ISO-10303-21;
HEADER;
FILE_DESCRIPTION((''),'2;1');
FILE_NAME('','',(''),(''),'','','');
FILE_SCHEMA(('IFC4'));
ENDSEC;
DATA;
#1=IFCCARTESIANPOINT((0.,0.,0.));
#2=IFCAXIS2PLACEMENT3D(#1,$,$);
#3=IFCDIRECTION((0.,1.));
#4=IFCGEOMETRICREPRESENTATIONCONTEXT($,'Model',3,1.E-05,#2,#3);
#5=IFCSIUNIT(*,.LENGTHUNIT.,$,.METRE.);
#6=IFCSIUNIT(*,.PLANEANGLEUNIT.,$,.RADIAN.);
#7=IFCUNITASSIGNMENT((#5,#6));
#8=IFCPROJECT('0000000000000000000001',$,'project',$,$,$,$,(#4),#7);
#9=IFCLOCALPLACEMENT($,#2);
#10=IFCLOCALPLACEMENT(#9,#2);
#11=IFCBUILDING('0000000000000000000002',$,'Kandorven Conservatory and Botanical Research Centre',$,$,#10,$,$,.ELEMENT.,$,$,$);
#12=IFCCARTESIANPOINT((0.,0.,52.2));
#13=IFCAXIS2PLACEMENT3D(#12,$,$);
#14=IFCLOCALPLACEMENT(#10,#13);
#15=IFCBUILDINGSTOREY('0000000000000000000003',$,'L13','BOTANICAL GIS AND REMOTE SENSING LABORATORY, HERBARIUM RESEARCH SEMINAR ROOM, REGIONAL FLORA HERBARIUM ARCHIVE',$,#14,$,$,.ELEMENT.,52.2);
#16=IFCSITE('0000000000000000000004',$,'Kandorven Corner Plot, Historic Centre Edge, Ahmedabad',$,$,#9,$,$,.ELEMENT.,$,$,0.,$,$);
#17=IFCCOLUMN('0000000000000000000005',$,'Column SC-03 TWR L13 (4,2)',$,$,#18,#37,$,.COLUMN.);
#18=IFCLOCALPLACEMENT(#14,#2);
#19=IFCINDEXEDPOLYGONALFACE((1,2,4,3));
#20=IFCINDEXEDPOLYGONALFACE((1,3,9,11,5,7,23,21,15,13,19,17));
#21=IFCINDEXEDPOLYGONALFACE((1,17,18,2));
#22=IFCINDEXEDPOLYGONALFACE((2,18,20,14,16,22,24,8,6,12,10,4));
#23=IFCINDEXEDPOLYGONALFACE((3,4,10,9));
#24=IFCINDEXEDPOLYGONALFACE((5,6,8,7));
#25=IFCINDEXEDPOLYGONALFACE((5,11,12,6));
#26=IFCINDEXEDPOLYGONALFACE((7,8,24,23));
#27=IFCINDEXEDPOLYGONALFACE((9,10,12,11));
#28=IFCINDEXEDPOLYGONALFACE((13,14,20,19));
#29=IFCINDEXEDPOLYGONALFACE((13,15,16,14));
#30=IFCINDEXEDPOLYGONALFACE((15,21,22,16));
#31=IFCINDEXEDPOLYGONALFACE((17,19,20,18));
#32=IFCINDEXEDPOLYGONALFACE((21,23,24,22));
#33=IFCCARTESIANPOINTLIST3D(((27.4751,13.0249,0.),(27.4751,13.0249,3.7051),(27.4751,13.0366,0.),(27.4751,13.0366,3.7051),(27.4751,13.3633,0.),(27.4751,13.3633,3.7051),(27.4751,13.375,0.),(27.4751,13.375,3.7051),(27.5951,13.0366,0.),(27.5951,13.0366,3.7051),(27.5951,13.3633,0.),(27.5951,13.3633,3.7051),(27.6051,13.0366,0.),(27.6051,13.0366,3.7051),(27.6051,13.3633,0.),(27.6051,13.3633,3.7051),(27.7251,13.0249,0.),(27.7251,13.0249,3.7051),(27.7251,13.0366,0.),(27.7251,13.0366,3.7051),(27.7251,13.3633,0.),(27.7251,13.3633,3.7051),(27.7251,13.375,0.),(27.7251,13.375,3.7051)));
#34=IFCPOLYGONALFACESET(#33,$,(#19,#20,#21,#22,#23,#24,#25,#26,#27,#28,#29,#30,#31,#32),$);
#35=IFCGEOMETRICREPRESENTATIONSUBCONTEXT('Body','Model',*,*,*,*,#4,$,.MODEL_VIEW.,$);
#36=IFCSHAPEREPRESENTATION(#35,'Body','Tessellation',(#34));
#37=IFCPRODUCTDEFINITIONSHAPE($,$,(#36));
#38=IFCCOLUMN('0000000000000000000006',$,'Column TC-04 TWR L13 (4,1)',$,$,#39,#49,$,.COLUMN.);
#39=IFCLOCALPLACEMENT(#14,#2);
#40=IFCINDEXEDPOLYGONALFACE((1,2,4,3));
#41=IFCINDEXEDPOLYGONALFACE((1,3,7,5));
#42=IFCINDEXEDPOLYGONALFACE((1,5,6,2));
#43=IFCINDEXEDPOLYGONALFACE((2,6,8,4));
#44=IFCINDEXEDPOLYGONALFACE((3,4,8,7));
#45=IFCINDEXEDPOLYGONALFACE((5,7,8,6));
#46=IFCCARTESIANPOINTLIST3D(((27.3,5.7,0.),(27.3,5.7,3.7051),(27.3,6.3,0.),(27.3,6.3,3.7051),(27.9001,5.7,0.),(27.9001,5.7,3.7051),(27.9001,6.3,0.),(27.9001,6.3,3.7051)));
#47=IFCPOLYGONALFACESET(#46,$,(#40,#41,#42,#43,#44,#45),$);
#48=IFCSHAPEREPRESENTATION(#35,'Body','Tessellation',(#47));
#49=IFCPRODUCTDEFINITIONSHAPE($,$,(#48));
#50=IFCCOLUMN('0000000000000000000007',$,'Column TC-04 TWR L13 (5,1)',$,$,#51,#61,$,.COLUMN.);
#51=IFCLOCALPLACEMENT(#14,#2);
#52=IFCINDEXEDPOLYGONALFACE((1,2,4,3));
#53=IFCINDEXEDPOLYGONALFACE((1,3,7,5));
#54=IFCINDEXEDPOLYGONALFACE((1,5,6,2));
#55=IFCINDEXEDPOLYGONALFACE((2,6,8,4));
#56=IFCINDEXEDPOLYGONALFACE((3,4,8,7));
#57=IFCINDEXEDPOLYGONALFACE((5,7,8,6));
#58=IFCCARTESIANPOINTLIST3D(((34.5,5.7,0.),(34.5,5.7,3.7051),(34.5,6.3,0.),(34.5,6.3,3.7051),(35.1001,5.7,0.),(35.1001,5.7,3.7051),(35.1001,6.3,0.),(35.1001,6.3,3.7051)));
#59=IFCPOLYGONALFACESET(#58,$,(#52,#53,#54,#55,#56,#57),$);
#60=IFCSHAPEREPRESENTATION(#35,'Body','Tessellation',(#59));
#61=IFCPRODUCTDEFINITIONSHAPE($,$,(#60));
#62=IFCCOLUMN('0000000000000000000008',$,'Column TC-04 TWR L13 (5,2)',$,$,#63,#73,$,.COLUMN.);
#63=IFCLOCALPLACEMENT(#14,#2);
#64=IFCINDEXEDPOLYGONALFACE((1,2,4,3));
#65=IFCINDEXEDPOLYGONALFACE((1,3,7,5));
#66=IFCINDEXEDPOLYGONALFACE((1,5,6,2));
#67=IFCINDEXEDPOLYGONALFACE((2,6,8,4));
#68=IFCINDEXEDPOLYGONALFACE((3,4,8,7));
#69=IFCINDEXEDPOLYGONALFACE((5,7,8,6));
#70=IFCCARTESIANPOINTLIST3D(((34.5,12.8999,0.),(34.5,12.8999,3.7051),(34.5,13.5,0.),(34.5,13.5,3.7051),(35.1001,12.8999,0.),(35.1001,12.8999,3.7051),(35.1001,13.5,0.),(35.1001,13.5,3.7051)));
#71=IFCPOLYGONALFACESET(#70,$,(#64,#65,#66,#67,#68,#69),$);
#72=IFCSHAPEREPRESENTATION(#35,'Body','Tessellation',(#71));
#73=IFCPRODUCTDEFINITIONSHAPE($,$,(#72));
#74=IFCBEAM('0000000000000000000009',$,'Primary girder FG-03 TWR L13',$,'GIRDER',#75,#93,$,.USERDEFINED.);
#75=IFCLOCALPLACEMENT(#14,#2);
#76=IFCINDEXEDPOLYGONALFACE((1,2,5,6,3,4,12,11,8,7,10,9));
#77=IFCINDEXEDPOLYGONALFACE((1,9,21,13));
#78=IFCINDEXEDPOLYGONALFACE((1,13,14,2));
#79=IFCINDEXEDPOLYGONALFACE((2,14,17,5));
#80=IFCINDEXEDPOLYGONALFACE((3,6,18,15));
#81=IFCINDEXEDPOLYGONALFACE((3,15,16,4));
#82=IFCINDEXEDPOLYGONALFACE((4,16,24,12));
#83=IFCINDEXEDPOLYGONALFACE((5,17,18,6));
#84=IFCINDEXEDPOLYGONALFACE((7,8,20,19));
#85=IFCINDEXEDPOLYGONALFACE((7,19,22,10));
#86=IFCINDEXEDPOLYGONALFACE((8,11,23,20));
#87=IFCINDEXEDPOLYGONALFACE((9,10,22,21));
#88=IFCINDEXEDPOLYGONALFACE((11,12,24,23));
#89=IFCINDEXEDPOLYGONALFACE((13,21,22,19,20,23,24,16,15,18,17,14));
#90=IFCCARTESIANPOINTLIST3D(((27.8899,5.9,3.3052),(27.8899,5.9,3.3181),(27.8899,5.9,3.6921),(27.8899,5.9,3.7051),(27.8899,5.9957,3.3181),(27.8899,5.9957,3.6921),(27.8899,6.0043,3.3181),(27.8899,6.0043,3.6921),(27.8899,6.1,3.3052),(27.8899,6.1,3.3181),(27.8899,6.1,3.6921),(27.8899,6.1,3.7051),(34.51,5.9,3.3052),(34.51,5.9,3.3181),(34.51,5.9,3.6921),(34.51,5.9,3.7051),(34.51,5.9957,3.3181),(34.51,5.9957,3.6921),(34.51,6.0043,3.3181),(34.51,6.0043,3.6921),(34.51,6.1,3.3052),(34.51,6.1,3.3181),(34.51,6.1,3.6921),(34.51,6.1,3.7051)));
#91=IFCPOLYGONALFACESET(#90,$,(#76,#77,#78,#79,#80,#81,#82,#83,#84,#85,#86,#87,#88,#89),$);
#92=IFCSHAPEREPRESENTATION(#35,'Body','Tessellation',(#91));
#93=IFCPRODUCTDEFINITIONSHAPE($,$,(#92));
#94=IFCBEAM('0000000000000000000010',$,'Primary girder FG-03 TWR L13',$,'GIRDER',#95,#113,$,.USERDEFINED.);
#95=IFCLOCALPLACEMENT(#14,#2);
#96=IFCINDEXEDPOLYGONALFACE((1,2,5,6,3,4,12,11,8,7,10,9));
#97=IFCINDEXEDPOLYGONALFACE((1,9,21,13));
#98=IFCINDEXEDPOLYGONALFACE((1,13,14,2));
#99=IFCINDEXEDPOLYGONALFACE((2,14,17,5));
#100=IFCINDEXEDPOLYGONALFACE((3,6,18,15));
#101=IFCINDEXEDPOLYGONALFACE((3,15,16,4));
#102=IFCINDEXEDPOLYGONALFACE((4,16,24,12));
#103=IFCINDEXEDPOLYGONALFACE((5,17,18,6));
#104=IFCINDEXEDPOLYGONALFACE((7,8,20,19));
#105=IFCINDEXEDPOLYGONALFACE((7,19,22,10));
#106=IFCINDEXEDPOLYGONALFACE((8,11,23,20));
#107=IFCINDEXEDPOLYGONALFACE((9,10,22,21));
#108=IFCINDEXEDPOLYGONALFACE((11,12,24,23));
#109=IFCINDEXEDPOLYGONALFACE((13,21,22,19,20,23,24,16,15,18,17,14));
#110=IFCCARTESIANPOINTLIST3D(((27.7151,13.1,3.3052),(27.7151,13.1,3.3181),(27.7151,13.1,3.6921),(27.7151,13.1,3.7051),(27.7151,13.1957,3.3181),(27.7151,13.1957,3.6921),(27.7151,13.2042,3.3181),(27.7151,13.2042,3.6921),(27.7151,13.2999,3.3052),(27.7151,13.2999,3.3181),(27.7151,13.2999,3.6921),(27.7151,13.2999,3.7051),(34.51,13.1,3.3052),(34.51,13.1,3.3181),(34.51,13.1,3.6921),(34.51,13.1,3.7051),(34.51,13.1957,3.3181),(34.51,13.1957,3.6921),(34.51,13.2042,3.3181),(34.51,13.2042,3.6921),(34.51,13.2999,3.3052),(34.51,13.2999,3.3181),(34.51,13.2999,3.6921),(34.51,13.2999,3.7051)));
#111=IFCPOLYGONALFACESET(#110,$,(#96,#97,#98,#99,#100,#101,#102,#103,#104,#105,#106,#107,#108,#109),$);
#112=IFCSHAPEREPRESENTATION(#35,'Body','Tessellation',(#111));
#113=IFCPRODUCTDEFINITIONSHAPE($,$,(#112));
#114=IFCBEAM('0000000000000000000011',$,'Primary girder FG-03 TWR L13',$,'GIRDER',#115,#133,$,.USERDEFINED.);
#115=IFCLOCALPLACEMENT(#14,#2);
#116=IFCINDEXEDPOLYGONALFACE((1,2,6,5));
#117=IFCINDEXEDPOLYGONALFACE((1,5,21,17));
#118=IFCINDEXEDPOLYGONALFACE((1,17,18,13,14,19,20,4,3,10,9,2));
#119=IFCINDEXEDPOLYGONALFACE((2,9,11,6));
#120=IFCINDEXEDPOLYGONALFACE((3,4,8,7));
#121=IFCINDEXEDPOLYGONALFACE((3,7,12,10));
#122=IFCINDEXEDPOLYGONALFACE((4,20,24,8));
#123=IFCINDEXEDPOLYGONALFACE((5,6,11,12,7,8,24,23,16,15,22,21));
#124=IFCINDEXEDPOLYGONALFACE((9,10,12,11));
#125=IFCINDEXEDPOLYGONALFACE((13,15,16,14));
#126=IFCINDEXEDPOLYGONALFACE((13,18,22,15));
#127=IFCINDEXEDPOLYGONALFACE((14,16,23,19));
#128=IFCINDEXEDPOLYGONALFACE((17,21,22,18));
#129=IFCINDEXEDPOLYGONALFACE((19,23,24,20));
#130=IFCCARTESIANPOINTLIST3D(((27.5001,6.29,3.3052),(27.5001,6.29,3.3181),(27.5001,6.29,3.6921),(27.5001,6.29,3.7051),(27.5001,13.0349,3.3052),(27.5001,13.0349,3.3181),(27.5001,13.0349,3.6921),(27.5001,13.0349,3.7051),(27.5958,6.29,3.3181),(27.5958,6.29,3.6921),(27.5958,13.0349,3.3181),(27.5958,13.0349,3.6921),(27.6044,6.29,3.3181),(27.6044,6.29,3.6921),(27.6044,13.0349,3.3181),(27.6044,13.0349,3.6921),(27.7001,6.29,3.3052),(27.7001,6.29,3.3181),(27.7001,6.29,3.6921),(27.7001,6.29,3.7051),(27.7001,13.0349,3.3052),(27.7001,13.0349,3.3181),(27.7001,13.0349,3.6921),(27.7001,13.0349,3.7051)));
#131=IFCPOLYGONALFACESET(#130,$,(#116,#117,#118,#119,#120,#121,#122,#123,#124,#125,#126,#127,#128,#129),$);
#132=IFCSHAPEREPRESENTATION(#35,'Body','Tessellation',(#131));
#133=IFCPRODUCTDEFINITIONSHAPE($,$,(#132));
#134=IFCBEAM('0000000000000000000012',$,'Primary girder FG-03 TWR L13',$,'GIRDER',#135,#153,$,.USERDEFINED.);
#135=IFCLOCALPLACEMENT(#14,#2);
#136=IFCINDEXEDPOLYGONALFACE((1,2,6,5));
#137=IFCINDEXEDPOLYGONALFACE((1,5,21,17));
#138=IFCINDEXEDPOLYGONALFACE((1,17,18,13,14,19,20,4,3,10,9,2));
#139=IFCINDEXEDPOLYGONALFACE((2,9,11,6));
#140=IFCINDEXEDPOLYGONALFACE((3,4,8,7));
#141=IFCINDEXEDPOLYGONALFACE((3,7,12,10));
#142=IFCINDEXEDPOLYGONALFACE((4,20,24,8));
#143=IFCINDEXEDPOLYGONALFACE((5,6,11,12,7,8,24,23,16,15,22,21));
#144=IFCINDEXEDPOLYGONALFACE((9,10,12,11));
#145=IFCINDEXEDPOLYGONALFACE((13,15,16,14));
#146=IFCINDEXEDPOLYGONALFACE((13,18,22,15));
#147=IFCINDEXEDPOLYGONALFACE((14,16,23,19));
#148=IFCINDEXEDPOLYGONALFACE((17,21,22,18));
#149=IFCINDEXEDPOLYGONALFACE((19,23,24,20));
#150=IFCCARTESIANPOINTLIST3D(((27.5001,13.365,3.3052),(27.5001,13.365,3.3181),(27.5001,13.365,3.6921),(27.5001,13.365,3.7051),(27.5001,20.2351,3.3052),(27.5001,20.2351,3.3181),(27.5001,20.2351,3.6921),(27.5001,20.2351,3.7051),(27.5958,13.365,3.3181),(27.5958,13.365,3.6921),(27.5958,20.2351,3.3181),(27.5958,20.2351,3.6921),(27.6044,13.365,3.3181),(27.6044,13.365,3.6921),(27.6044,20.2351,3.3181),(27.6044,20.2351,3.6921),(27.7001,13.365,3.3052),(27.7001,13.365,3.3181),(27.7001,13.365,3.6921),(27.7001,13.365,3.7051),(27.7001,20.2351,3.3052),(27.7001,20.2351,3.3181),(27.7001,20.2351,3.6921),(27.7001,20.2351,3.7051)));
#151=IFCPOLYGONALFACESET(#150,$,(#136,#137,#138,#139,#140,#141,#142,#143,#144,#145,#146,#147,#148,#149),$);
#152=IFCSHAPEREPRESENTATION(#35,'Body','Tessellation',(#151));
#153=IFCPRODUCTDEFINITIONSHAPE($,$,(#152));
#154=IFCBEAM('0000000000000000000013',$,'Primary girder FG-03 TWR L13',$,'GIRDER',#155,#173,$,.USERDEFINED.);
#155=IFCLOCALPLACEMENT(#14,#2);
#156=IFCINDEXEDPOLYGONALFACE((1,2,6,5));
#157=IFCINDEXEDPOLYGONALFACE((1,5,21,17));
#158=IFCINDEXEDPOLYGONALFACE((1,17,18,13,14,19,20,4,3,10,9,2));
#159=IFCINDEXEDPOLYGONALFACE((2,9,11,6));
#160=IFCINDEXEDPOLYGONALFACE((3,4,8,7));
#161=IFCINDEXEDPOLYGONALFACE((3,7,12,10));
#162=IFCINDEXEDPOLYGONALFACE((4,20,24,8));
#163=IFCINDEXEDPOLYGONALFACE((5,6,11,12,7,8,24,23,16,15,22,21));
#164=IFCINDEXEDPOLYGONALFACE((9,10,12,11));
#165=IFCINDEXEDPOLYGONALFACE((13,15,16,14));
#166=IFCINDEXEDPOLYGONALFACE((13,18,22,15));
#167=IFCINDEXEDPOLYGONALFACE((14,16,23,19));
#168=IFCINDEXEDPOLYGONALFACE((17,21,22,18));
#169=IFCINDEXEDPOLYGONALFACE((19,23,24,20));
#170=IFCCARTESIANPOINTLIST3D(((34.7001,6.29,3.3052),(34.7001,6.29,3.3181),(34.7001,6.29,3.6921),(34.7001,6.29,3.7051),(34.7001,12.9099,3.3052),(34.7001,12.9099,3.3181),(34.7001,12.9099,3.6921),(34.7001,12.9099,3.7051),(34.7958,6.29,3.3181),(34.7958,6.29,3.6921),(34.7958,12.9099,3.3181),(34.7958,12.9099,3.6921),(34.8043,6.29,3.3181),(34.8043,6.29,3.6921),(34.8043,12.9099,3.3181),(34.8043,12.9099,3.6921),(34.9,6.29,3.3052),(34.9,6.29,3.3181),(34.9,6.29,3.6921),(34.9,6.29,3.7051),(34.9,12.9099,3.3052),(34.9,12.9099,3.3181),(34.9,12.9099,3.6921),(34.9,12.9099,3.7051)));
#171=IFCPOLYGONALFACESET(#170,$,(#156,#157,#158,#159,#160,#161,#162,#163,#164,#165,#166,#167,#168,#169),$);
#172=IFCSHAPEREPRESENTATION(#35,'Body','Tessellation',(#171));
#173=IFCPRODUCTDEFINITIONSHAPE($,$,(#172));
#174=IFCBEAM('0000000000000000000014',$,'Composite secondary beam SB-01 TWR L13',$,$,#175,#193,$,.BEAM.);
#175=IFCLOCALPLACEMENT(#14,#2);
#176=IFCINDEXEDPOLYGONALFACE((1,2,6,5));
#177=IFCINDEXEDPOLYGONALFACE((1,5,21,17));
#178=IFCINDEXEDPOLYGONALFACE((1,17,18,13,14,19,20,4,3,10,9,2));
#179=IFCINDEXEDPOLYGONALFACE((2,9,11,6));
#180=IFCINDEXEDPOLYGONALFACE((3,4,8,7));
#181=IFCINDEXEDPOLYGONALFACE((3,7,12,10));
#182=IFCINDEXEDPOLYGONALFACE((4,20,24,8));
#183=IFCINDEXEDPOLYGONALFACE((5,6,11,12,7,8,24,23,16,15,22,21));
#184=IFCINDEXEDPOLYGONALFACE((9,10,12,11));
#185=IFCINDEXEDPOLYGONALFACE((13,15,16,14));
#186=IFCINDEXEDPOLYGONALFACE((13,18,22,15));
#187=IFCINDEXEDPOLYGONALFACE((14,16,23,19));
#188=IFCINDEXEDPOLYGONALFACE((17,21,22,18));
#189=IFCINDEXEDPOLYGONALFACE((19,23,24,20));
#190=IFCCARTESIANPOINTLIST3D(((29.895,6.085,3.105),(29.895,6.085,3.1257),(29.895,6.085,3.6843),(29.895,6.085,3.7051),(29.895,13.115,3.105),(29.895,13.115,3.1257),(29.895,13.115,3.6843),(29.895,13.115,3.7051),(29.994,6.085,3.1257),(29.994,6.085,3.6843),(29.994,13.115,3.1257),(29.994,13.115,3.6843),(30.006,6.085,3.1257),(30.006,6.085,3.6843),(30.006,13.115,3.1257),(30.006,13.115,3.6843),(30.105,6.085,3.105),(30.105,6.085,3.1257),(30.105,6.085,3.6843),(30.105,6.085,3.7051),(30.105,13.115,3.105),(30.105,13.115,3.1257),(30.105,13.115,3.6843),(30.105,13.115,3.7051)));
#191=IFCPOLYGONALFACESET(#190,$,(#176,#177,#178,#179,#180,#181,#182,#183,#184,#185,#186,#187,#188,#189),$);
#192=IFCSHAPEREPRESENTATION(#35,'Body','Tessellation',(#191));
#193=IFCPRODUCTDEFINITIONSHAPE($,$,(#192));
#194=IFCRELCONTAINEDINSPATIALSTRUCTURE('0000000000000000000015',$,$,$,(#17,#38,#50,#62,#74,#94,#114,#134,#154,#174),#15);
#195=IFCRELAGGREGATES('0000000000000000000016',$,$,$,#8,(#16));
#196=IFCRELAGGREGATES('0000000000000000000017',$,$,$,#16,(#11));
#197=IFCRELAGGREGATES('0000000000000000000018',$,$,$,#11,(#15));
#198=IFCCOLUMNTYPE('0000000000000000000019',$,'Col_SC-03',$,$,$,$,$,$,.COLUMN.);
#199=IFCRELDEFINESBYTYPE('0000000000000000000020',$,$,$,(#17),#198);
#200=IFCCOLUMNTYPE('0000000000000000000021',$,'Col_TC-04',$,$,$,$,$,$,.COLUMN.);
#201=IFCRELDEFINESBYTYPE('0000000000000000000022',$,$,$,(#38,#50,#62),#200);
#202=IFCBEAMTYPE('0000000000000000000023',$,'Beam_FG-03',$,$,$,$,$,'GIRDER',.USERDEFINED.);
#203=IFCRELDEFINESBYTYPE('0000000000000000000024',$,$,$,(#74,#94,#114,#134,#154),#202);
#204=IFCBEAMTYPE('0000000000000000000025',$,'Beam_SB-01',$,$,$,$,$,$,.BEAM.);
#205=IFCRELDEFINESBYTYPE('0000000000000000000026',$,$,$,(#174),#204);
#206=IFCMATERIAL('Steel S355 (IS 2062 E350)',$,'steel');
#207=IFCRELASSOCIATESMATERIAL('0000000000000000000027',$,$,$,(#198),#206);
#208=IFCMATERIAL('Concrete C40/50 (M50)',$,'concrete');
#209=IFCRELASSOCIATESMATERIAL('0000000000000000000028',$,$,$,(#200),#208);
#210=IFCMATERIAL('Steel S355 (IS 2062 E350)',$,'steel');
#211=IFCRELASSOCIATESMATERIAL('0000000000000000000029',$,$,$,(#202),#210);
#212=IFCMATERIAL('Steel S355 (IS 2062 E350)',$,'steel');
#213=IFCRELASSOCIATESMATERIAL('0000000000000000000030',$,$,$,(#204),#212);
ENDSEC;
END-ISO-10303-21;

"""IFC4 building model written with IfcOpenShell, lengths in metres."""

from ifc_helpers import new_model, si_unit, direction, frame, origin, origin_2d, place, context, subcontext, project, spatial, rectangle, i_section, extrude, material, material_profile, profile_set, type_object, element, save


model = new_model("IFC4")

# Units and contexts
model_context = context("Model", 3, precision=1e-05, world=origin(), true_north=direction((0.0, 1.0)))
body_context = subcontext(model_context, "Body", "Model", "MODEL_VIEW")
ifc_project = project(units=[si_unit("LENGTHUNIT", "METRE"), si_unit("PLANEANGLEUNIT", "RADIAN")], contexts=[model_context])

# Site, building, storey
site_placement = place(None, origin())
site = spatial("IfcSite", under=ifc_project, at=site_placement, Name="Kandorven Corner Plot, Historic Centre Edge, Ahmedabad", CompositionType="ELEMENT", RefElevation=0.0)
building_placement = place(site_placement, origin())
building = spatial("IfcBuilding", under=site, at=building_placement, Name="Kandorven Conservatory and Botanical Research Centre", CompositionType="ELEMENT")
storey_placement = place(building_placement, frame((0.0, 0.0, 52.2)))
storey = spatial("IfcBuildingStorey", under=building, at=storey_placement, Name="L13", Description="BOTANICAL GIS AND REMOTE SENSING LABORATORY, HERBARIUM RESEARCH SEMINAR ROOM, REGIONAL FLORA HERBARIUM ARCHIVE", CompositionType="ELEMENT", Elevation=52.2)

# Columns
ifc_material_1 = material(Name="Steel S355 (IS 2062 E350)", Category="steel")
ifc_material_profile_1 = material_profile(ifc_material_1, i_section(OverallWidth=0.25, OverallDepth=0.3501, WebThickness=0.01, FlangeThickness=0.0117, at=origin_2d()))
ifc_profile_set_1 = profile_set([ifc_material_profile_1], Name="Steel S355 (IS 2062 E350)")
column_type_1 = type_object("IfcColumnType", Name="Col_SC-03", PredefinedType="COLUMN", material=ifc_profile_set_1)
column_placement = place(storey_placement, frame((27.6001, 13.2, 0.0), z_axis=(0.0, 0.0, 1.0), x_axis=(1.0, 0.0, 0.0)))
element("IfcColumn", 1, at=column_placement, inside=storey, type_object=column_type_1, Name="Column SC-03 TWR L13 (4,2)", PredefinedType="COLUMN", context=body_context, shape_type="SweptSolid", body=[
    extrude(i_section(OverallWidth=0.25, OverallDepth=0.3501, WebThickness=0.01, FlangeThickness=0.0117, at=origin_2d()), origin(), (0.0, 0.0, 1.0), 3.7051),
])
ifc_material_2 = material(Name="Concrete C40/50 (M50)", Category="concrete")
ifc_material_profile_2 = material_profile(ifc_material_2, rectangle(XDim=0.6001, YDim=0.6001, at=origin_2d()))
ifc_profile_set_2 = profile_set([ifc_material_profile_2], Name="Concrete C40/50 (M50)")
column_type_2 = type_object("IfcColumnType", Name="Col_TC-04", PredefinedType="COLUMN", material=ifc_profile_set_2)
for number, where, z_axis, x_axis, name in (
    (2, (27.6001, 6.0, 0.0), (0.0, 0.0, 1.0), (1.0, 0.0, 0.0), "Column TC-04 TWR L13 (4,1)"),
    (3, (34.8, 6.0, 0.0), (0.0, 0.0, 1.0), (1.0, 0.0, 0.0), "Column TC-04 TWR L13 (5,1)"),
    (4, (34.8, 13.2, 0.0), (0.0, 0.0, 1.0), (1.0, 0.0, 0.0), "Column TC-04 TWR L13 (5,2)"),
):
    element("IfcColumn", number, at=place(storey_placement, frame(where, z_axis=z_axis, x_axis=x_axis)), inside=storey, type_object=column_type_2, Name=name, PredefinedType="COLUMN", context=body_context, shape_type="SweptSolid", body=[
        extrude(rectangle(XDim=0.6001, YDim=0.6001, at=origin_2d()), origin(), (0.0, 0.0, 1.0), 3.7051),
    ])

# Beams
ifc_material_3 = material(Name="Steel S355 (IS 2062 E350)", Category="steel")
ifc_material_profile_3 = material_profile(ifc_material_3, i_section(OverallWidth=0.2, OverallDepth=0.3999, WebThickness=0.0085, FlangeThickness=0.0129, at=origin_2d()))
ifc_profile_set_3 = profile_set([ifc_material_profile_3], Name="Steel S355 (IS 2062 E350)")
beam_type_1 = type_object("IfcBeamType", Name="Beam_FG-03", ElementType="GIRDER", PredefinedType="USERDEFINED", material=ifc_profile_set_3)
beam_1_placement = place(storey_placement, frame((27.8899, 6.0, 3.5051), z_axis=(1.0, 0.0, 0.0), x_axis=(0.0, 1.0, 0.0)))
element("IfcBeam", 5, at=beam_1_placement, inside=storey, type_object=beam_type_1, Name="Primary girder FG-03 TWR L13", ObjectType="GIRDER", PredefinedType="USERDEFINED", context=body_context, shape_type="SweptSolid", body=[
    extrude(i_section(OverallWidth=0.2, OverallDepth=0.3999, WebThickness=0.0085, FlangeThickness=0.0129, at=origin_2d()), origin(), (0.0, 0.0, 1.0), 6.6201),
])
beam_2_placement = place(storey_placement, frame((27.7151, 13.2, 3.5051), z_axis=(1.0, 0.0, 0.0), x_axis=(0.0, 1.0, 0.0)))
element("IfcBeam", 6, at=beam_2_placement, inside=storey, type_object=beam_type_1, Name="Primary girder FG-03 TWR L13", ObjectType="GIRDER", PredefinedType="USERDEFINED", context=body_context, shape_type="SweptSolid", body=[
    extrude(i_section(OverallWidth=0.2, OverallDepth=0.3999, WebThickness=0.0085, FlangeThickness=0.0129, at=origin_2d()), origin(), (0.0, 0.0, 1.0), 6.7949),
])
beam_3_placement = place(storey_placement, frame((27.6001, 6.29, 3.5051), z_axis=(0.0, 1.0, 0.0), x_axis=(-1.0, 0.0, 0.0)))
element("IfcBeam", 7, at=beam_3_placement, inside=storey, type_object=beam_type_1, Name="Primary girder FG-03 TWR L13", ObjectType="GIRDER", PredefinedType="USERDEFINED", context=body_context, shape_type="SweptSolid", body=[
    extrude(i_section(OverallWidth=0.2, OverallDepth=0.3999, WebThickness=0.0085, FlangeThickness=0.0129, at=origin_2d()), origin(), (0.0, 0.0, 1.0), 6.7449),
])
beam_4_placement = place(storey_placement, frame((27.6001, 13.365, 3.5051), z_axis=(0.0, 1.0, 0.0), x_axis=(-1.0, 0.0, 0.0)))
element("IfcBeam", 8, at=beam_4_placement, inside=storey, type_object=beam_type_1, Name="Primary girder FG-03 TWR L13", ObjectType="GIRDER", PredefinedType="USERDEFINED", context=body_context, shape_type="SweptSolid", body=[
    extrude(i_section(OverallWidth=0.2, OverallDepth=0.3999, WebThickness=0.0085, FlangeThickness=0.0129, at=origin_2d()), origin(), (0.0, 0.0, 1.0), 6.8701),
])
beam_5_placement = place(storey_placement, frame((34.8, 6.29, 3.5051), z_axis=(0.0, 1.0, 0.0), x_axis=(-1.0, 0.0, 0.0)))
element("IfcBeam", 9, at=beam_5_placement, inside=storey, type_object=beam_type_1, Name="Primary girder FG-03 TWR L13", ObjectType="GIRDER", PredefinedType="USERDEFINED", context=body_context, shape_type="SweptSolid", body=[
    extrude(i_section(OverallWidth=0.2, OverallDepth=0.3999, WebThickness=0.0085, FlangeThickness=0.0129, at=origin_2d()), origin(), (0.0, 0.0, 1.0), 6.6199),
])
ifc_material_4 = material(Name="Steel S355 (IS 2062 E350)", Category="steel")
ifc_material_profile_4 = material_profile(ifc_material_4, i_section(OverallWidth=0.21, OverallDepth=0.6001, WebThickness=0.012, FlangeThickness=0.0208, at=origin_2d()))
ifc_profile_set_4 = profile_set([ifc_material_profile_4], Name="Steel S355 (IS 2062 E350)")
beam_type_2 = type_object("IfcBeamType", Name="Beam_SB-01", PredefinedType="BEAM", material=ifc_profile_set_4)
for number, where, z_axis, x_axis, name in (
    (10, (30.0, 6.085, 3.405), (0.0, 1.0, 0.0), (-1.0, 0.0, 0.0), "Composite secondary beam SB-01 TWR L13"),
):
    element("IfcBeam", number, at=place(storey_placement, frame(where, z_axis=z_axis, x_axis=x_axis)), inside=storey, type_object=beam_type_2, Name=name, PredefinedType="BEAM", context=body_context, shape_type="SweptSolid", body=[
        extrude(i_section(OverallWidth=0.21, OverallDepth=0.6001, WebThickness=0.012, FlangeThickness=0.0208, at=origin_2d()), origin(), (0.0, 0.0, 1.0), 7.03),
    ])

save(model, "model.ifc")
